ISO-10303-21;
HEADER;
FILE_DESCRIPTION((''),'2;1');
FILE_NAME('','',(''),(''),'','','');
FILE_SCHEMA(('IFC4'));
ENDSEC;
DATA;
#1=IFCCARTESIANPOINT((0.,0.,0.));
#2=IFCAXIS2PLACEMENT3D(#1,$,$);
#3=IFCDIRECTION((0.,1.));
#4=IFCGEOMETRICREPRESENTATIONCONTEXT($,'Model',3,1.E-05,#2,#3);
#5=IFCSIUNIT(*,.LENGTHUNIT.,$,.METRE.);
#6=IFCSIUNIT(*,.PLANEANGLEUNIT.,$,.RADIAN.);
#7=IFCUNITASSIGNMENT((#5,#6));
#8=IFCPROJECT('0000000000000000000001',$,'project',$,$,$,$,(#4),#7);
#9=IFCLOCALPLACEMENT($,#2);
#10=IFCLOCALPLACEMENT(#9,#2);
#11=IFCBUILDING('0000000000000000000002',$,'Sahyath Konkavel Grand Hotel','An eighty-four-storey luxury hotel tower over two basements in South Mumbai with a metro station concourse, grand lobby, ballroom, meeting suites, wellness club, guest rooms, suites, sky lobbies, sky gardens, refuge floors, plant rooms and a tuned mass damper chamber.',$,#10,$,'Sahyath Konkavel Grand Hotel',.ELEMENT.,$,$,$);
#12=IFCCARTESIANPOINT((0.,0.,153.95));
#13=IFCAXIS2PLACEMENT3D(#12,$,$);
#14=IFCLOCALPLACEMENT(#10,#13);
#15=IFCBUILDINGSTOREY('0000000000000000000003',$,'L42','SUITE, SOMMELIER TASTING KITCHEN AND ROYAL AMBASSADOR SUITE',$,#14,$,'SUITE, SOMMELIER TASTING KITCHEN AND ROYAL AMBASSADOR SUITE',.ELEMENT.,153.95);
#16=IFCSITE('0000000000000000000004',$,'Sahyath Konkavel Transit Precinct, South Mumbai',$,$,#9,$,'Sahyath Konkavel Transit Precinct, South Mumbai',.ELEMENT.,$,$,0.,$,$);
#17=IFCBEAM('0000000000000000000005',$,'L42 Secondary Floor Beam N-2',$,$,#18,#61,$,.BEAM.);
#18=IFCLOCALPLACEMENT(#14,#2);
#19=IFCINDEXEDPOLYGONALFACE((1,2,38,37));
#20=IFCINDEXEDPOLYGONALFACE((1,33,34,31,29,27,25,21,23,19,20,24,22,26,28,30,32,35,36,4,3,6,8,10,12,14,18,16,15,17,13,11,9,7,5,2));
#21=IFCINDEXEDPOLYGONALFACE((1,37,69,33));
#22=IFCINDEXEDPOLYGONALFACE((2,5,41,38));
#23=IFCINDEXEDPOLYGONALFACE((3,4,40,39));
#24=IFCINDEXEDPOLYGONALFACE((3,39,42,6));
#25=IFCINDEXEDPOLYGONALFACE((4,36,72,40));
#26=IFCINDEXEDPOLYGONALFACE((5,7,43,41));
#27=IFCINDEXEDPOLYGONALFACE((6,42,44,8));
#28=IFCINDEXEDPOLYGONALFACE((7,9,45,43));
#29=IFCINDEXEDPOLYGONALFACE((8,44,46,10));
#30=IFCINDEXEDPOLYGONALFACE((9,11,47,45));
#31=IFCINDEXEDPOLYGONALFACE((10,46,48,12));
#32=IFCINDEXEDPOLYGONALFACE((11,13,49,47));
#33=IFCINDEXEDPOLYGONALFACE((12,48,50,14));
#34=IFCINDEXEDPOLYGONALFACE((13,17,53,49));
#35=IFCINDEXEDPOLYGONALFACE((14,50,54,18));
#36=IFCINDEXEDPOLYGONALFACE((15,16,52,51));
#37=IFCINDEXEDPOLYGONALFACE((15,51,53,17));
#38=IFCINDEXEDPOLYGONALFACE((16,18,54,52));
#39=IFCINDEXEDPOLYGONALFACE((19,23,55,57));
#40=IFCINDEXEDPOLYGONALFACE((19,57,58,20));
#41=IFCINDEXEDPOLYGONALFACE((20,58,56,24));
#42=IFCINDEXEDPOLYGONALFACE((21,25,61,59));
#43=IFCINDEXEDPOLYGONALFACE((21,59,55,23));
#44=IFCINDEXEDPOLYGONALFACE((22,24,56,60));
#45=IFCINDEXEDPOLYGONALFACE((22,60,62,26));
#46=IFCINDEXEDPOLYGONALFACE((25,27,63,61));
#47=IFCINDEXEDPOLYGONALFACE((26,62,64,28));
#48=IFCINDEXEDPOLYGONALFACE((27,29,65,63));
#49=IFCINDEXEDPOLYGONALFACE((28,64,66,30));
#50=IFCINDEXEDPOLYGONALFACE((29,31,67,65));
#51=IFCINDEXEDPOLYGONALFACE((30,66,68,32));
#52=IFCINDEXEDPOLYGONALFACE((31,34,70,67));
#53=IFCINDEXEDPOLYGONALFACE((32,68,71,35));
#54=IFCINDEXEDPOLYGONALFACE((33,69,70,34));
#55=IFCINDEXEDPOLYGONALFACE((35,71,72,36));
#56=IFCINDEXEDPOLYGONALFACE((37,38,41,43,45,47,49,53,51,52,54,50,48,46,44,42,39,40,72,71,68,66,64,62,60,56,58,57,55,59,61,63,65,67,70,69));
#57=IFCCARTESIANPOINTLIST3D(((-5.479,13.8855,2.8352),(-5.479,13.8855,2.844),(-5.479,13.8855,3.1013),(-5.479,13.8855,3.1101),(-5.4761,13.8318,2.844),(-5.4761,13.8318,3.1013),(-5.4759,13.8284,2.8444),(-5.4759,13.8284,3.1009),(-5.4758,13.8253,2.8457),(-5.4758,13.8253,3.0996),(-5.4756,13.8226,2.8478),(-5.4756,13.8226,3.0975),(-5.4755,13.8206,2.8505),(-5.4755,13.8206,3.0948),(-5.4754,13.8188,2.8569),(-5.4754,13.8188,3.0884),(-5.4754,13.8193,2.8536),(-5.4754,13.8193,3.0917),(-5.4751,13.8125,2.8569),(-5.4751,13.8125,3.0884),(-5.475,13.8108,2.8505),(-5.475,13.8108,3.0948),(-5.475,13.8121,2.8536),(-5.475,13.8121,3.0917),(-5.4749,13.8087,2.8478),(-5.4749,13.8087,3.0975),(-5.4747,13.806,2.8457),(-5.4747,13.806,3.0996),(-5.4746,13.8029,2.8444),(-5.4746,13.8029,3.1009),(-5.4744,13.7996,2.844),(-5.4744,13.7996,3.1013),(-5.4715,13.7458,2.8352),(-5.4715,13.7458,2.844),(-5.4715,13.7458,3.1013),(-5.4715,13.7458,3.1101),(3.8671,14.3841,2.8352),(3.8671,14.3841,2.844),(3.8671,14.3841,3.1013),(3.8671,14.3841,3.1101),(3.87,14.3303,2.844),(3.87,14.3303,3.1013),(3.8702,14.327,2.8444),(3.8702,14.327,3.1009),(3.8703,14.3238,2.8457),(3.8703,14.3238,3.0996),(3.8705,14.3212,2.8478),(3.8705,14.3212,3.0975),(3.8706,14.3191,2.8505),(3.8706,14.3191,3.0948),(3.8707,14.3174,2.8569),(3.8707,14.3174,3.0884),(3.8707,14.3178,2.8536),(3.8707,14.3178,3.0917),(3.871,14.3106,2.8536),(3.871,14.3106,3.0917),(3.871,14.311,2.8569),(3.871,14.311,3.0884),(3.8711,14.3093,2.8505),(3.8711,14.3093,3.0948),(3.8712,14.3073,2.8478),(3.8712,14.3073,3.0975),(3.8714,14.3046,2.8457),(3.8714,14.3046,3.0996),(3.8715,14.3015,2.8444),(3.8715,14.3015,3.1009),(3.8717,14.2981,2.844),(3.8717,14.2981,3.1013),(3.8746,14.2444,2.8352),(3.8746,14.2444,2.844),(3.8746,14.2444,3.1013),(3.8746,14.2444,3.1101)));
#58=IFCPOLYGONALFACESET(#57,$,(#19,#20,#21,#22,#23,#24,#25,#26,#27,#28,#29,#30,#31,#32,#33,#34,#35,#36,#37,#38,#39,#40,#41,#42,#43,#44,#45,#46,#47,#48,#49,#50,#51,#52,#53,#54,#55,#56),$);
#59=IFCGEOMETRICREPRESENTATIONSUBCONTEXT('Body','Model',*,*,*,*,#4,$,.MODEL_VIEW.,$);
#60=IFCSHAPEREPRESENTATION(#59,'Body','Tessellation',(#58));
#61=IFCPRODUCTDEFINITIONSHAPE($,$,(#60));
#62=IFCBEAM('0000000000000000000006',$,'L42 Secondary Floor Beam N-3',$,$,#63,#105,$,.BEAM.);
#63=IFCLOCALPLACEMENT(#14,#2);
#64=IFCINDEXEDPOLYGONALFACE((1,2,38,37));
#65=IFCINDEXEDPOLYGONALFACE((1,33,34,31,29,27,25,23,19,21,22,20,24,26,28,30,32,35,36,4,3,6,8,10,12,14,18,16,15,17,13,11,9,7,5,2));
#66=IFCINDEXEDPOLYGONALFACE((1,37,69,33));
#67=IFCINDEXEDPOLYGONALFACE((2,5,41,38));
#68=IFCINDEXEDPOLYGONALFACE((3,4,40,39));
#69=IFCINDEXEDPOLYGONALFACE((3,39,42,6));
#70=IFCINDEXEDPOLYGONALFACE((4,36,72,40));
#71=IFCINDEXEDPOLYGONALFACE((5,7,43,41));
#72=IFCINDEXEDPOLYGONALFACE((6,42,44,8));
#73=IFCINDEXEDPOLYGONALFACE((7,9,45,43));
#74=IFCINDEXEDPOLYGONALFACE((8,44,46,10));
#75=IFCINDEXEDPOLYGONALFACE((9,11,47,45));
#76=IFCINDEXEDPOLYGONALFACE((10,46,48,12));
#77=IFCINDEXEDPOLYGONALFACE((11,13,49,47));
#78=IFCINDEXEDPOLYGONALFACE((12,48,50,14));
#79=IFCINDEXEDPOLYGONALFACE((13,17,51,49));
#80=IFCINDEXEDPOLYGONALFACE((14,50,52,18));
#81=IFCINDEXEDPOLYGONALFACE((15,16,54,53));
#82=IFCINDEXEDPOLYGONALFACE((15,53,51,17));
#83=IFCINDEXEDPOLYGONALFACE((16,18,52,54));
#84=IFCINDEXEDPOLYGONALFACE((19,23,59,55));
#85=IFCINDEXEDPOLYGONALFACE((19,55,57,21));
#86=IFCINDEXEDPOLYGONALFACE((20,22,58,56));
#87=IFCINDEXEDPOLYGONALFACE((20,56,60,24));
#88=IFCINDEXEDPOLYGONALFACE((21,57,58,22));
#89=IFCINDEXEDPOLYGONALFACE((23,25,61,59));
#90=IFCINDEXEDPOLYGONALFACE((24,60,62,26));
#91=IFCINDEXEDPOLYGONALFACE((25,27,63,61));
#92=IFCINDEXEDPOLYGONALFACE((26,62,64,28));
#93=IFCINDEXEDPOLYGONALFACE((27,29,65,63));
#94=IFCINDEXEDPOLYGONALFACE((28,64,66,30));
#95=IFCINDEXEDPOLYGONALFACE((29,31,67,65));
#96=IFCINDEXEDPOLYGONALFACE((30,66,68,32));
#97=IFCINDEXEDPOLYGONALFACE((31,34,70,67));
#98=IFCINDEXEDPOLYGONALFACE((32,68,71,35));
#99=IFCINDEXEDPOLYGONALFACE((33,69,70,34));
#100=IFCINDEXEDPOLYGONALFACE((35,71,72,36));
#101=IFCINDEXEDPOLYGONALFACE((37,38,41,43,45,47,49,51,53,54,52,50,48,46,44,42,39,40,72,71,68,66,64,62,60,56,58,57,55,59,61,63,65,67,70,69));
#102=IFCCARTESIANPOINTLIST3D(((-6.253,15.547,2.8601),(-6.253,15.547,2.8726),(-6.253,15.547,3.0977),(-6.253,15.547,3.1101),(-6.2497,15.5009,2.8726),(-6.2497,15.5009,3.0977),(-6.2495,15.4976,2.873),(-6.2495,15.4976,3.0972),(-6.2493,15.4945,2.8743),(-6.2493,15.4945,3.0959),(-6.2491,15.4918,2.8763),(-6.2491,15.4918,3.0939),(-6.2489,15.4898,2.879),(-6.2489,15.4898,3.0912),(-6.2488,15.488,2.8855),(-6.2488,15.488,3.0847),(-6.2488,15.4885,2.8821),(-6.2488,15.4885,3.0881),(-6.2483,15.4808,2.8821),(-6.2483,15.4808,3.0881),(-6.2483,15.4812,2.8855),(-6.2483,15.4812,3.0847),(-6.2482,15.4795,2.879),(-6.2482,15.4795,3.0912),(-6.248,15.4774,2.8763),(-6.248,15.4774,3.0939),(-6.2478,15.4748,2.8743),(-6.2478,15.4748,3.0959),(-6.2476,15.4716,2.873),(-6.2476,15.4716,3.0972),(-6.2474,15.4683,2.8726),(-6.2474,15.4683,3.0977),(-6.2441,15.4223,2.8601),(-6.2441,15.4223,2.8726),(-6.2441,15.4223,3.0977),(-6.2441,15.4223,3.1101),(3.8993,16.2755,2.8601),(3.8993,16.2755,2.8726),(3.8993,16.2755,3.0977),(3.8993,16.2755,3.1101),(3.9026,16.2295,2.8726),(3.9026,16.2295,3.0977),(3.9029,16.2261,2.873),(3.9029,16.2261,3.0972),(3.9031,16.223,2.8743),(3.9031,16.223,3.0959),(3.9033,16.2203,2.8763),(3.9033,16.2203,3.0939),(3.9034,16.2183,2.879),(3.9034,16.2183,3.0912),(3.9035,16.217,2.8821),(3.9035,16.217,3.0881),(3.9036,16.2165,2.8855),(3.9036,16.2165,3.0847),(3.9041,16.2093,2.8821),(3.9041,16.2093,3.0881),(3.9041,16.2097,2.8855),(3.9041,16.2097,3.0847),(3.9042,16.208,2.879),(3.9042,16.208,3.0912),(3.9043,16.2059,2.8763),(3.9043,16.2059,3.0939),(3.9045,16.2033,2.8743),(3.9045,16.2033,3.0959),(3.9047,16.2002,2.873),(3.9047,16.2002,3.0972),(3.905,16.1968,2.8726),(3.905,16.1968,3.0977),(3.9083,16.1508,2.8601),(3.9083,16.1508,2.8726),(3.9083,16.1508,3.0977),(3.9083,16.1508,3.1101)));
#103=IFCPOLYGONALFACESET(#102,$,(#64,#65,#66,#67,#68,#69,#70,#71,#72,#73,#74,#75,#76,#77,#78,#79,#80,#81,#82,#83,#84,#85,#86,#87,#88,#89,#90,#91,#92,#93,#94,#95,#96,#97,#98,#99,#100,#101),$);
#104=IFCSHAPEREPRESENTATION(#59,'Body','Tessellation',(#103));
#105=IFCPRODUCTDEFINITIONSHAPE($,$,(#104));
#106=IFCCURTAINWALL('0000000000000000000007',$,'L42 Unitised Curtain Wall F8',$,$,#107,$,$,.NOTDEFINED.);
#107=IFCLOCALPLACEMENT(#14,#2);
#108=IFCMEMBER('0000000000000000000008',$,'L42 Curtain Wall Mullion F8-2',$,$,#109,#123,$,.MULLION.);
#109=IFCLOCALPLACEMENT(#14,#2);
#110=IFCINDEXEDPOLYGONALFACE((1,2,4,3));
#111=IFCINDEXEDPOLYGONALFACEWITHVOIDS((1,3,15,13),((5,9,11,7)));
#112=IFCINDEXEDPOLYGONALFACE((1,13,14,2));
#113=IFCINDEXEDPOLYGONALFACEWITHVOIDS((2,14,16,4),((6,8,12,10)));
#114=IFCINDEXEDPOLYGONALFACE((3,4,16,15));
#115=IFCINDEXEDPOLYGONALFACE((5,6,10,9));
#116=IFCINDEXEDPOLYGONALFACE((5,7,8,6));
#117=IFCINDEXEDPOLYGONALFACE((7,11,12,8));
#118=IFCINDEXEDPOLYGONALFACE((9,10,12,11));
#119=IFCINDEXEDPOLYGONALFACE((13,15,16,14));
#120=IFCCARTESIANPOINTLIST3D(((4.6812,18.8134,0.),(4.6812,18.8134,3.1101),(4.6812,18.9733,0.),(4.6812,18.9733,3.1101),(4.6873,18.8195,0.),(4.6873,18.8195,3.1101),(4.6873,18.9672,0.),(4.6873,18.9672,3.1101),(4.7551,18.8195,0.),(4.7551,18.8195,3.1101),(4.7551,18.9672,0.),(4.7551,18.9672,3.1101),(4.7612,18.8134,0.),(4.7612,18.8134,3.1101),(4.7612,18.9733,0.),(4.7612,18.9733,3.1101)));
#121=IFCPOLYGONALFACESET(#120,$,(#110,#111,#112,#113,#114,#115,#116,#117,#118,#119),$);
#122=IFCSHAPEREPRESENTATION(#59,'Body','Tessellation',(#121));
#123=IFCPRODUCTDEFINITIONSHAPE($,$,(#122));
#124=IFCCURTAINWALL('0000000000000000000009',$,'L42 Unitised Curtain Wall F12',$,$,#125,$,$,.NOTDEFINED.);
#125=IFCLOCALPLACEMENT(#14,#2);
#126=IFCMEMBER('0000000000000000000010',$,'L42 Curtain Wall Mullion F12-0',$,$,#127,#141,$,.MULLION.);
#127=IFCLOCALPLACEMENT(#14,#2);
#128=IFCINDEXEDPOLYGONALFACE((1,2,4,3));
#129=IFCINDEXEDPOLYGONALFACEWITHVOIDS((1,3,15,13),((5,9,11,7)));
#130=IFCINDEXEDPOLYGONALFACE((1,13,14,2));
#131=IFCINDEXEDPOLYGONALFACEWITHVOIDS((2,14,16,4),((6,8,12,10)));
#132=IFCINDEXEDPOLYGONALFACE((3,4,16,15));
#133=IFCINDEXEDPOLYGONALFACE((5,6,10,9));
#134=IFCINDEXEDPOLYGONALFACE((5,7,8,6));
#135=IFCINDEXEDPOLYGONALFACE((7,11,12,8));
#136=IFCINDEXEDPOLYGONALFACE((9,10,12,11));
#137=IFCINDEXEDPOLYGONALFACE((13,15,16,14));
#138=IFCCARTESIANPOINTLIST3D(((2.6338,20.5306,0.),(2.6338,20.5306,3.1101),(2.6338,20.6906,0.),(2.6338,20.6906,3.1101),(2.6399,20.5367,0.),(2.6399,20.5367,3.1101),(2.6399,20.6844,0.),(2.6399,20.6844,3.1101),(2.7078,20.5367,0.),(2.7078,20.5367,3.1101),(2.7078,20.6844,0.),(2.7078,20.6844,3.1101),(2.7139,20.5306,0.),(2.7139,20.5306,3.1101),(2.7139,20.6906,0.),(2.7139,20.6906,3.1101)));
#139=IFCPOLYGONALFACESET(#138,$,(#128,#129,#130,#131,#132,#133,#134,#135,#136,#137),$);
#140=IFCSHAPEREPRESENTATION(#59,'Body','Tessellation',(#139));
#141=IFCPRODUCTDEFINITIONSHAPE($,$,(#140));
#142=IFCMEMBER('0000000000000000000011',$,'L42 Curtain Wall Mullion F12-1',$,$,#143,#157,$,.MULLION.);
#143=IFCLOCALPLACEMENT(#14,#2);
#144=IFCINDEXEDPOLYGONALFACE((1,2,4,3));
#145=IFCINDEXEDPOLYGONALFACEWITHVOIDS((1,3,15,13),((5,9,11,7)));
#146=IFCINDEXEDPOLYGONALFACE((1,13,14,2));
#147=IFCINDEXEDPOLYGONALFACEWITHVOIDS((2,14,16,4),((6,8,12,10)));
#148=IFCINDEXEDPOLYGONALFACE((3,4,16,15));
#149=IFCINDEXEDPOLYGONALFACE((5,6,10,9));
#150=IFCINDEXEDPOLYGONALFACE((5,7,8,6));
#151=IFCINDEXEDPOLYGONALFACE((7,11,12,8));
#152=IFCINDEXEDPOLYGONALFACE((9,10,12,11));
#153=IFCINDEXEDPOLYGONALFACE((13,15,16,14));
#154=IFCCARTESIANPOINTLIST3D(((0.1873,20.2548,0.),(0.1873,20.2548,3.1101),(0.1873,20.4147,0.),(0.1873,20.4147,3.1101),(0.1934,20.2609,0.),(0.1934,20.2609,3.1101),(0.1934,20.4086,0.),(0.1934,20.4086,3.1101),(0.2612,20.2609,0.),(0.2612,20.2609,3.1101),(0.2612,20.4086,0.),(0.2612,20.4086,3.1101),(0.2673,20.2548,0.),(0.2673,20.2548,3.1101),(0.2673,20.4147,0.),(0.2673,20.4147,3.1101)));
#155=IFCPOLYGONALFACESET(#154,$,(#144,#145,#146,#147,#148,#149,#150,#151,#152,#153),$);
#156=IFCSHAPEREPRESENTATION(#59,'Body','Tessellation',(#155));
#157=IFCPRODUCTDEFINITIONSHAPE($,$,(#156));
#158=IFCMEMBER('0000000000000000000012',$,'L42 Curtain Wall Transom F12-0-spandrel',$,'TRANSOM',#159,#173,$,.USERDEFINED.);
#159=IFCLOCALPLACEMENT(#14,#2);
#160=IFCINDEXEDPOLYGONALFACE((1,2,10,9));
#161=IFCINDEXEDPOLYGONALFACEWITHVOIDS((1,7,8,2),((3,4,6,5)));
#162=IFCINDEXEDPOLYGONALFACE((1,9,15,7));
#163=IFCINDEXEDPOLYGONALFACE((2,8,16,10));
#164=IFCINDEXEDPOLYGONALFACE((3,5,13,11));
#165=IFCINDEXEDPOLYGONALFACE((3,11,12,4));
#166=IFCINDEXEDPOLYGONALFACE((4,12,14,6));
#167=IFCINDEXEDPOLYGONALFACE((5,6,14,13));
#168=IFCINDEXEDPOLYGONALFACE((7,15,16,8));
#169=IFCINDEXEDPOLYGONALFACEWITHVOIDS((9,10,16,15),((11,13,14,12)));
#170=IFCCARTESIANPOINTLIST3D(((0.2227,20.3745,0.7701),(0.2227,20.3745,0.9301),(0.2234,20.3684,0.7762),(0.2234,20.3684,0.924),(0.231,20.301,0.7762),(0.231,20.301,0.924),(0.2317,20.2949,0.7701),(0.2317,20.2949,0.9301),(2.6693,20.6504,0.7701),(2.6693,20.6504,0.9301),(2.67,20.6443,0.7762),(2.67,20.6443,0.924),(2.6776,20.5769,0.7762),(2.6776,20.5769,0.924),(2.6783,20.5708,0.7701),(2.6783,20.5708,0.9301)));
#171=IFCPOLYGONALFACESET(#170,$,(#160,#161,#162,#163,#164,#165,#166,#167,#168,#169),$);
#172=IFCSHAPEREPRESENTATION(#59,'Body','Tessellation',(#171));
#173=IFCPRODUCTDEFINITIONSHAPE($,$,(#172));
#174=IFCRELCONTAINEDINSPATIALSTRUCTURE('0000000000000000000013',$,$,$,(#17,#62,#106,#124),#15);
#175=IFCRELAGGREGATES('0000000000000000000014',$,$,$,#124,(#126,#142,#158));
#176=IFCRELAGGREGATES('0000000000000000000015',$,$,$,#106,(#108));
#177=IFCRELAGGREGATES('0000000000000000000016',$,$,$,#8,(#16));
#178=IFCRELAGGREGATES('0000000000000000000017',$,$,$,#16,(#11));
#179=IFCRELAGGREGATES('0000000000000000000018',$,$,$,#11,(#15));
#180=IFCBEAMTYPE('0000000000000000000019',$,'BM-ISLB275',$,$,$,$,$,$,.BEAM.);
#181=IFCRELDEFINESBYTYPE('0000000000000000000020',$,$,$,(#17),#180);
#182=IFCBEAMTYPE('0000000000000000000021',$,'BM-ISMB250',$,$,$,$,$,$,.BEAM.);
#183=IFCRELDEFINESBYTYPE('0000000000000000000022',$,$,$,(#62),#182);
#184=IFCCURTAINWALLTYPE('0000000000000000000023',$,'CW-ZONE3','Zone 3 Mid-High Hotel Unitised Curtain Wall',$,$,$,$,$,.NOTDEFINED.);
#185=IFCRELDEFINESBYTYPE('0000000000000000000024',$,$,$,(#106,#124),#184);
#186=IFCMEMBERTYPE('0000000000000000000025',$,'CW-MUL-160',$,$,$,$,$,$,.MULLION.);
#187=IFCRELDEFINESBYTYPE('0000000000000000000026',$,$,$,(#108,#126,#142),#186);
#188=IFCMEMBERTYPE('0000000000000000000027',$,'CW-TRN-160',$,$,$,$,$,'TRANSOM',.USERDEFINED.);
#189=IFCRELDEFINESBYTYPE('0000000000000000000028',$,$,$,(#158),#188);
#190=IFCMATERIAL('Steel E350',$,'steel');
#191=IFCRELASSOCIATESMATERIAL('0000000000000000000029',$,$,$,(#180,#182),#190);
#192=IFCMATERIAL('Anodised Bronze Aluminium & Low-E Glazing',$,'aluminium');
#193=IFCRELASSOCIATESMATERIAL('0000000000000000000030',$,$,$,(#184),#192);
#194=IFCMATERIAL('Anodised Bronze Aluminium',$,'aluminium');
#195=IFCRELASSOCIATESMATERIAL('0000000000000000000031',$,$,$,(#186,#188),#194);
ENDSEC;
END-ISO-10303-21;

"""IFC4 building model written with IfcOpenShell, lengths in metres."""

from ifc_helpers import new_model, si_unit, direction, frame, origin, origin_2d, place, context, subcontext, project, spatial, hollow_rectangle, i_section, extrude, source, transform, mapped, material, material_profile, profile_set, type_object, element, aggregate, save


model = new_model("IFC4")

# Units and contexts
model_context = context("Model", 3, precision=1e-05, world=origin(), true_north=direction((0.0, 1.0)))
body_context = subcontext(model_context, "Body", "Model", "MODEL_VIEW")
ifc_project = project(units=[si_unit("LENGTHUNIT", "METRE"), si_unit("PLANEANGLEUNIT", "RADIAN")], contexts=[model_context])

# Site, building, storey
site_placement = place(None, origin())
site = spatial("IfcSite", under=ifc_project, at=site_placement, Name="Sahyath Konkavel Transit Precinct, South Mumbai", LongName="Sahyath Konkavel Transit Precinct, South Mumbai", CompositionType="ELEMENT", RefElevation=0.0)
building_placement = place(site_placement, origin())
building = spatial("IfcBuilding", under=site, at=building_placement, Name="Sahyath Konkavel Grand Hotel", Description="An eighty-four-storey luxury hotel tower over two basements in South Mumbai with a metro station concourse, grand lobby, ballroom, meeting suites, wellness club, guest rooms, suites, sky lobbies, sky gardens, refuge floors, plant rooms and a tuned mass damper chamber.", LongName="Sahyath Konkavel Grand Hotel", CompositionType="ELEMENT")
storey_placement = place(building_placement, frame((0.0, 0.0, 153.95)))
storey = spatial("IfcBuildingStorey", under=building, at=storey_placement, Name="L42", Description="SUITE, SOMMELIER TASTING KITCHEN AND ROYAL AMBASSADOR SUITE", LongName="SUITE, SOMMELIER TASTING KITCHEN AND ROYAL AMBASSADOR SUITE", CompositionType="ELEMENT", Elevation=153.95)

# Beams
ifc_material_1 = material(Name="Steel E350", Category="steel")
ifc_material_profile_1 = material_profile(ifc_material_1, i_section(OverallWidth=0.1399, OverallDepth=0.2749, WebThickness=0.0063, FlangeThickness=0.0088, FilletRadius=0.0129, at=origin_2d()), Name="ISLB 275")
ifc_profile_set_1 = profile_set([ifc_material_profile_1], Name="Steel E350")
beam_type_1 = type_object("IfcBeamType", Name="BM-ISLB275", PredefinedType="BEAM", material=ifc_profile_set_1)
shared_shape_1 = source(origin(), body_context, "Body", "SweptSolid", [
    extrude(i_section(OverallWidth=0.1399, OverallDepth=0.2749, WebThickness=0.0063, FlangeThickness=0.0088, FilletRadius=0.0129, at=origin_2d()), origin(), (0.0, 0.0, 1.0), 9.3594),
])
beam_1_placement = place(storey_placement, frame((3.8708, 14.3142, 2.9727), z_axis=(-0.99858, -0.053265, 0.0), x_axis=(0.053265, -0.99858, 0.0)))
element("IfcBeam", 1, at=beam_1_placement, inside=storey, type_object=beam_type_1, Name="L42 Secondary Floor Beam N-2", PredefinedType="BEAM", context=body_context, shape_type="MappedRepresentation", body=[
    mapped(shared_shape_1, transform((0.0, 0.0, 0.0), scale=1.0)),
])
ifc_material_profile_2 = material_profile(ifc_material_1, i_section(OverallWidth=0.125, OverallDepth=0.25, WebThickness=0.0068, FlangeThickness=0.0125, FilletRadius=0.0129, at=origin_2d()), Name="ISMB 250")
ifc_profile_set_2 = profile_set([ifc_material_profile_2], Name="Steel E350")
beam_type_2 = type_object("IfcBeamType", Name="BM-ISMB250", PredefinedType="BEAM", material=ifc_profile_set_2)
shared_shape_2 = source(origin(), body_context, "Body", "SweptSolid", [
    extrude(i_section(OverallWidth=0.125, OverallDepth=0.25, WebThickness=0.0068, FlangeThickness=0.0125, FilletRadius=0.0129, at=origin_2d()), origin(), (0.0, 0.0, 1.0), 10.1785),
])
beam_2_placement = place(storey_placement, frame((3.9038, 16.2131, 2.9851), z_axis=(-0.997435, -0.071574, 0.0), x_axis=(0.071574, -0.997435, 0.0)))
element("IfcBeam", 2, at=beam_2_placement, inside=storey, type_object=beam_type_2, Name="L42 Secondary Floor Beam N-3", PredefinedType="BEAM", context=body_context, shape_type="MappedRepresentation", body=[
    mapped(shared_shape_2, transform((0.0, 0.0, 0.0), scale=1.0)),
])

# Curtain wall, member
ifc_material_2 = material(Name="Anodised Bronze Aluminium & Low-E Glazing", Category="aluminium")
curtain_wall_type = type_object("IfcCurtainWallType", Name="CW-ZONE3", Description="Zone 3 Mid-High Hotel Unitised Curtain Wall", PredefinedType="NOTDEFINED", material=ifc_material_2)
curtain_wall_1_placement = place(storey_placement, origin())
curtain_wall_1 = element("IfcCurtainWall", 3, at=curtain_wall_1_placement, inside=storey, type_object=curtain_wall_type, Name="L42 Unitised Curtain Wall F8", PredefinedType="NOTDEFINED")
ifc_material_3 = material(Name="Anodised Bronze Aluminium", Category="aluminium")
ifc_material_profile_3 = material_profile(ifc_material_3, hollow_rectangle(XDim=0.0801, YDim=0.1599, WallThickness=0.0061, at=origin_2d()), Name="RHS 160x80x6")
ifc_profile_set_3 = profile_set([ifc_material_profile_3], Name="Anodised Bronze Aluminium")
member_type_1 = type_object("IfcMemberType", Name="CW-MUL-160", PredefinedType="MULLION", material=ifc_profile_set_3)
shared_shape_3 = source(origin(), body_context, "Body", "SweptSolid", [
    extrude(hollow_rectangle(XDim=0.0801, YDim=0.1599, WallThickness=0.0061, at=origin_2d()), origin(), (0.0, 0.0, 1.0), 3.1101),
])
member_1_placement = place(storey_placement, frame((4.7212, 18.8933, 0.0), z_axis=(0.0, 0.0, 1.0), x_axis=(1.0, 0.0, 0.0)))
member_1 = element("IfcMember", 4, at=member_1_placement, type_object=member_type_1, Name="L42 Curtain Wall Mullion F8-2", PredefinedType="MULLION", context=body_context, shape_type="MappedRepresentation", body=[
    mapped(shared_shape_3, transform((0.0, 0.0, 0.0), scale=1.0)),
])

# Curtain wall, members
curtain_wall_2_placement = place(storey_placement, origin())
curtain_wall_2 = element("IfcCurtainWall", 5, at=curtain_wall_2_placement, inside=storey, type_object=curtain_wall_type, Name="L42 Unitised Curtain Wall F12", PredefinedType="NOTDEFINED")
member_2_placement = place(storey_placement, frame((2.6738, 20.6106, 0.0), z_axis=(0.0, 0.0, 1.0), x_axis=(1.0, 0.0, 0.0)))
member_2 = element("IfcMember", 6, at=member_2_placement, type_object=member_type_1, Name="L42 Curtain Wall Mullion F12-0", PredefinedType="MULLION", context=body_context, shape_type="MappedRepresentation", body=[
    mapped(shared_shape_3, transform((0.0, 0.0, 0.0), scale=1.0)),
])
member_3_placement = place(storey_placement, frame((0.2273, 20.3347, 0.0), z_axis=(0.0, 0.0, 1.0), x_axis=(1.0, 0.0, 0.0)))
member_3 = element("IfcMember", 7, at=member_3_placement, type_object=member_type_1, Name="L42 Curtain Wall Mullion F12-1", PredefinedType="MULLION", context=body_context, shape_type="MappedRepresentation", body=[
    mapped(shared_shape_3, transform((0.0, 0.0, 0.0), scale=1.0)),
])
ifc_material_profile_4 = material_profile(ifc_material_3, hollow_rectangle(XDim=0.0801, YDim=0.1599, WallThickness=0.0061, at=origin_2d()), Name="RHS 160x80x6")
ifc_profile_set_4 = profile_set([ifc_material_profile_4], Name="Anodised Bronze Aluminium")
member_type_2 = type_object("IfcMemberType", Name="CW-TRN-160", ElementType="TRANSOM", PredefinedType="USERDEFINED", material=ifc_profile_set_4)
shared_shape_4 = source(origin(), body_context, "Body", "SweptSolid", [
    extrude(hollow_rectangle(XDim=0.0801, YDim=0.1599, WallThickness=0.0061, at=origin_2d()), origin(), (0.0, 0.0, 1.0), 2.4622),
])
member_4_placement = place(storey_placement, frame((2.6738, 20.6106, 0.8501), z_axis=(-0.993702, -0.112053, 0.0), x_axis=(0.112053, -0.993702, 0.0)))
member_4 = element("IfcMember", 8, at=member_4_placement, type_object=member_type_2, Name="L42 Curtain Wall Transom F12-0-spandrel", ObjectType="TRANSOM", PredefinedType="USERDEFINED", context=body_context, shape_type="MappedRepresentation", body=[
    mapped(shared_shape_4, transform((0.0, 0.0, 0.0), scale=1.0)),
])

aggregate(curtain_wall_2, [member_2, member_3, member_4])
aggregate(curtain_wall_1, [member_1])

save(model, "model.ifc")
